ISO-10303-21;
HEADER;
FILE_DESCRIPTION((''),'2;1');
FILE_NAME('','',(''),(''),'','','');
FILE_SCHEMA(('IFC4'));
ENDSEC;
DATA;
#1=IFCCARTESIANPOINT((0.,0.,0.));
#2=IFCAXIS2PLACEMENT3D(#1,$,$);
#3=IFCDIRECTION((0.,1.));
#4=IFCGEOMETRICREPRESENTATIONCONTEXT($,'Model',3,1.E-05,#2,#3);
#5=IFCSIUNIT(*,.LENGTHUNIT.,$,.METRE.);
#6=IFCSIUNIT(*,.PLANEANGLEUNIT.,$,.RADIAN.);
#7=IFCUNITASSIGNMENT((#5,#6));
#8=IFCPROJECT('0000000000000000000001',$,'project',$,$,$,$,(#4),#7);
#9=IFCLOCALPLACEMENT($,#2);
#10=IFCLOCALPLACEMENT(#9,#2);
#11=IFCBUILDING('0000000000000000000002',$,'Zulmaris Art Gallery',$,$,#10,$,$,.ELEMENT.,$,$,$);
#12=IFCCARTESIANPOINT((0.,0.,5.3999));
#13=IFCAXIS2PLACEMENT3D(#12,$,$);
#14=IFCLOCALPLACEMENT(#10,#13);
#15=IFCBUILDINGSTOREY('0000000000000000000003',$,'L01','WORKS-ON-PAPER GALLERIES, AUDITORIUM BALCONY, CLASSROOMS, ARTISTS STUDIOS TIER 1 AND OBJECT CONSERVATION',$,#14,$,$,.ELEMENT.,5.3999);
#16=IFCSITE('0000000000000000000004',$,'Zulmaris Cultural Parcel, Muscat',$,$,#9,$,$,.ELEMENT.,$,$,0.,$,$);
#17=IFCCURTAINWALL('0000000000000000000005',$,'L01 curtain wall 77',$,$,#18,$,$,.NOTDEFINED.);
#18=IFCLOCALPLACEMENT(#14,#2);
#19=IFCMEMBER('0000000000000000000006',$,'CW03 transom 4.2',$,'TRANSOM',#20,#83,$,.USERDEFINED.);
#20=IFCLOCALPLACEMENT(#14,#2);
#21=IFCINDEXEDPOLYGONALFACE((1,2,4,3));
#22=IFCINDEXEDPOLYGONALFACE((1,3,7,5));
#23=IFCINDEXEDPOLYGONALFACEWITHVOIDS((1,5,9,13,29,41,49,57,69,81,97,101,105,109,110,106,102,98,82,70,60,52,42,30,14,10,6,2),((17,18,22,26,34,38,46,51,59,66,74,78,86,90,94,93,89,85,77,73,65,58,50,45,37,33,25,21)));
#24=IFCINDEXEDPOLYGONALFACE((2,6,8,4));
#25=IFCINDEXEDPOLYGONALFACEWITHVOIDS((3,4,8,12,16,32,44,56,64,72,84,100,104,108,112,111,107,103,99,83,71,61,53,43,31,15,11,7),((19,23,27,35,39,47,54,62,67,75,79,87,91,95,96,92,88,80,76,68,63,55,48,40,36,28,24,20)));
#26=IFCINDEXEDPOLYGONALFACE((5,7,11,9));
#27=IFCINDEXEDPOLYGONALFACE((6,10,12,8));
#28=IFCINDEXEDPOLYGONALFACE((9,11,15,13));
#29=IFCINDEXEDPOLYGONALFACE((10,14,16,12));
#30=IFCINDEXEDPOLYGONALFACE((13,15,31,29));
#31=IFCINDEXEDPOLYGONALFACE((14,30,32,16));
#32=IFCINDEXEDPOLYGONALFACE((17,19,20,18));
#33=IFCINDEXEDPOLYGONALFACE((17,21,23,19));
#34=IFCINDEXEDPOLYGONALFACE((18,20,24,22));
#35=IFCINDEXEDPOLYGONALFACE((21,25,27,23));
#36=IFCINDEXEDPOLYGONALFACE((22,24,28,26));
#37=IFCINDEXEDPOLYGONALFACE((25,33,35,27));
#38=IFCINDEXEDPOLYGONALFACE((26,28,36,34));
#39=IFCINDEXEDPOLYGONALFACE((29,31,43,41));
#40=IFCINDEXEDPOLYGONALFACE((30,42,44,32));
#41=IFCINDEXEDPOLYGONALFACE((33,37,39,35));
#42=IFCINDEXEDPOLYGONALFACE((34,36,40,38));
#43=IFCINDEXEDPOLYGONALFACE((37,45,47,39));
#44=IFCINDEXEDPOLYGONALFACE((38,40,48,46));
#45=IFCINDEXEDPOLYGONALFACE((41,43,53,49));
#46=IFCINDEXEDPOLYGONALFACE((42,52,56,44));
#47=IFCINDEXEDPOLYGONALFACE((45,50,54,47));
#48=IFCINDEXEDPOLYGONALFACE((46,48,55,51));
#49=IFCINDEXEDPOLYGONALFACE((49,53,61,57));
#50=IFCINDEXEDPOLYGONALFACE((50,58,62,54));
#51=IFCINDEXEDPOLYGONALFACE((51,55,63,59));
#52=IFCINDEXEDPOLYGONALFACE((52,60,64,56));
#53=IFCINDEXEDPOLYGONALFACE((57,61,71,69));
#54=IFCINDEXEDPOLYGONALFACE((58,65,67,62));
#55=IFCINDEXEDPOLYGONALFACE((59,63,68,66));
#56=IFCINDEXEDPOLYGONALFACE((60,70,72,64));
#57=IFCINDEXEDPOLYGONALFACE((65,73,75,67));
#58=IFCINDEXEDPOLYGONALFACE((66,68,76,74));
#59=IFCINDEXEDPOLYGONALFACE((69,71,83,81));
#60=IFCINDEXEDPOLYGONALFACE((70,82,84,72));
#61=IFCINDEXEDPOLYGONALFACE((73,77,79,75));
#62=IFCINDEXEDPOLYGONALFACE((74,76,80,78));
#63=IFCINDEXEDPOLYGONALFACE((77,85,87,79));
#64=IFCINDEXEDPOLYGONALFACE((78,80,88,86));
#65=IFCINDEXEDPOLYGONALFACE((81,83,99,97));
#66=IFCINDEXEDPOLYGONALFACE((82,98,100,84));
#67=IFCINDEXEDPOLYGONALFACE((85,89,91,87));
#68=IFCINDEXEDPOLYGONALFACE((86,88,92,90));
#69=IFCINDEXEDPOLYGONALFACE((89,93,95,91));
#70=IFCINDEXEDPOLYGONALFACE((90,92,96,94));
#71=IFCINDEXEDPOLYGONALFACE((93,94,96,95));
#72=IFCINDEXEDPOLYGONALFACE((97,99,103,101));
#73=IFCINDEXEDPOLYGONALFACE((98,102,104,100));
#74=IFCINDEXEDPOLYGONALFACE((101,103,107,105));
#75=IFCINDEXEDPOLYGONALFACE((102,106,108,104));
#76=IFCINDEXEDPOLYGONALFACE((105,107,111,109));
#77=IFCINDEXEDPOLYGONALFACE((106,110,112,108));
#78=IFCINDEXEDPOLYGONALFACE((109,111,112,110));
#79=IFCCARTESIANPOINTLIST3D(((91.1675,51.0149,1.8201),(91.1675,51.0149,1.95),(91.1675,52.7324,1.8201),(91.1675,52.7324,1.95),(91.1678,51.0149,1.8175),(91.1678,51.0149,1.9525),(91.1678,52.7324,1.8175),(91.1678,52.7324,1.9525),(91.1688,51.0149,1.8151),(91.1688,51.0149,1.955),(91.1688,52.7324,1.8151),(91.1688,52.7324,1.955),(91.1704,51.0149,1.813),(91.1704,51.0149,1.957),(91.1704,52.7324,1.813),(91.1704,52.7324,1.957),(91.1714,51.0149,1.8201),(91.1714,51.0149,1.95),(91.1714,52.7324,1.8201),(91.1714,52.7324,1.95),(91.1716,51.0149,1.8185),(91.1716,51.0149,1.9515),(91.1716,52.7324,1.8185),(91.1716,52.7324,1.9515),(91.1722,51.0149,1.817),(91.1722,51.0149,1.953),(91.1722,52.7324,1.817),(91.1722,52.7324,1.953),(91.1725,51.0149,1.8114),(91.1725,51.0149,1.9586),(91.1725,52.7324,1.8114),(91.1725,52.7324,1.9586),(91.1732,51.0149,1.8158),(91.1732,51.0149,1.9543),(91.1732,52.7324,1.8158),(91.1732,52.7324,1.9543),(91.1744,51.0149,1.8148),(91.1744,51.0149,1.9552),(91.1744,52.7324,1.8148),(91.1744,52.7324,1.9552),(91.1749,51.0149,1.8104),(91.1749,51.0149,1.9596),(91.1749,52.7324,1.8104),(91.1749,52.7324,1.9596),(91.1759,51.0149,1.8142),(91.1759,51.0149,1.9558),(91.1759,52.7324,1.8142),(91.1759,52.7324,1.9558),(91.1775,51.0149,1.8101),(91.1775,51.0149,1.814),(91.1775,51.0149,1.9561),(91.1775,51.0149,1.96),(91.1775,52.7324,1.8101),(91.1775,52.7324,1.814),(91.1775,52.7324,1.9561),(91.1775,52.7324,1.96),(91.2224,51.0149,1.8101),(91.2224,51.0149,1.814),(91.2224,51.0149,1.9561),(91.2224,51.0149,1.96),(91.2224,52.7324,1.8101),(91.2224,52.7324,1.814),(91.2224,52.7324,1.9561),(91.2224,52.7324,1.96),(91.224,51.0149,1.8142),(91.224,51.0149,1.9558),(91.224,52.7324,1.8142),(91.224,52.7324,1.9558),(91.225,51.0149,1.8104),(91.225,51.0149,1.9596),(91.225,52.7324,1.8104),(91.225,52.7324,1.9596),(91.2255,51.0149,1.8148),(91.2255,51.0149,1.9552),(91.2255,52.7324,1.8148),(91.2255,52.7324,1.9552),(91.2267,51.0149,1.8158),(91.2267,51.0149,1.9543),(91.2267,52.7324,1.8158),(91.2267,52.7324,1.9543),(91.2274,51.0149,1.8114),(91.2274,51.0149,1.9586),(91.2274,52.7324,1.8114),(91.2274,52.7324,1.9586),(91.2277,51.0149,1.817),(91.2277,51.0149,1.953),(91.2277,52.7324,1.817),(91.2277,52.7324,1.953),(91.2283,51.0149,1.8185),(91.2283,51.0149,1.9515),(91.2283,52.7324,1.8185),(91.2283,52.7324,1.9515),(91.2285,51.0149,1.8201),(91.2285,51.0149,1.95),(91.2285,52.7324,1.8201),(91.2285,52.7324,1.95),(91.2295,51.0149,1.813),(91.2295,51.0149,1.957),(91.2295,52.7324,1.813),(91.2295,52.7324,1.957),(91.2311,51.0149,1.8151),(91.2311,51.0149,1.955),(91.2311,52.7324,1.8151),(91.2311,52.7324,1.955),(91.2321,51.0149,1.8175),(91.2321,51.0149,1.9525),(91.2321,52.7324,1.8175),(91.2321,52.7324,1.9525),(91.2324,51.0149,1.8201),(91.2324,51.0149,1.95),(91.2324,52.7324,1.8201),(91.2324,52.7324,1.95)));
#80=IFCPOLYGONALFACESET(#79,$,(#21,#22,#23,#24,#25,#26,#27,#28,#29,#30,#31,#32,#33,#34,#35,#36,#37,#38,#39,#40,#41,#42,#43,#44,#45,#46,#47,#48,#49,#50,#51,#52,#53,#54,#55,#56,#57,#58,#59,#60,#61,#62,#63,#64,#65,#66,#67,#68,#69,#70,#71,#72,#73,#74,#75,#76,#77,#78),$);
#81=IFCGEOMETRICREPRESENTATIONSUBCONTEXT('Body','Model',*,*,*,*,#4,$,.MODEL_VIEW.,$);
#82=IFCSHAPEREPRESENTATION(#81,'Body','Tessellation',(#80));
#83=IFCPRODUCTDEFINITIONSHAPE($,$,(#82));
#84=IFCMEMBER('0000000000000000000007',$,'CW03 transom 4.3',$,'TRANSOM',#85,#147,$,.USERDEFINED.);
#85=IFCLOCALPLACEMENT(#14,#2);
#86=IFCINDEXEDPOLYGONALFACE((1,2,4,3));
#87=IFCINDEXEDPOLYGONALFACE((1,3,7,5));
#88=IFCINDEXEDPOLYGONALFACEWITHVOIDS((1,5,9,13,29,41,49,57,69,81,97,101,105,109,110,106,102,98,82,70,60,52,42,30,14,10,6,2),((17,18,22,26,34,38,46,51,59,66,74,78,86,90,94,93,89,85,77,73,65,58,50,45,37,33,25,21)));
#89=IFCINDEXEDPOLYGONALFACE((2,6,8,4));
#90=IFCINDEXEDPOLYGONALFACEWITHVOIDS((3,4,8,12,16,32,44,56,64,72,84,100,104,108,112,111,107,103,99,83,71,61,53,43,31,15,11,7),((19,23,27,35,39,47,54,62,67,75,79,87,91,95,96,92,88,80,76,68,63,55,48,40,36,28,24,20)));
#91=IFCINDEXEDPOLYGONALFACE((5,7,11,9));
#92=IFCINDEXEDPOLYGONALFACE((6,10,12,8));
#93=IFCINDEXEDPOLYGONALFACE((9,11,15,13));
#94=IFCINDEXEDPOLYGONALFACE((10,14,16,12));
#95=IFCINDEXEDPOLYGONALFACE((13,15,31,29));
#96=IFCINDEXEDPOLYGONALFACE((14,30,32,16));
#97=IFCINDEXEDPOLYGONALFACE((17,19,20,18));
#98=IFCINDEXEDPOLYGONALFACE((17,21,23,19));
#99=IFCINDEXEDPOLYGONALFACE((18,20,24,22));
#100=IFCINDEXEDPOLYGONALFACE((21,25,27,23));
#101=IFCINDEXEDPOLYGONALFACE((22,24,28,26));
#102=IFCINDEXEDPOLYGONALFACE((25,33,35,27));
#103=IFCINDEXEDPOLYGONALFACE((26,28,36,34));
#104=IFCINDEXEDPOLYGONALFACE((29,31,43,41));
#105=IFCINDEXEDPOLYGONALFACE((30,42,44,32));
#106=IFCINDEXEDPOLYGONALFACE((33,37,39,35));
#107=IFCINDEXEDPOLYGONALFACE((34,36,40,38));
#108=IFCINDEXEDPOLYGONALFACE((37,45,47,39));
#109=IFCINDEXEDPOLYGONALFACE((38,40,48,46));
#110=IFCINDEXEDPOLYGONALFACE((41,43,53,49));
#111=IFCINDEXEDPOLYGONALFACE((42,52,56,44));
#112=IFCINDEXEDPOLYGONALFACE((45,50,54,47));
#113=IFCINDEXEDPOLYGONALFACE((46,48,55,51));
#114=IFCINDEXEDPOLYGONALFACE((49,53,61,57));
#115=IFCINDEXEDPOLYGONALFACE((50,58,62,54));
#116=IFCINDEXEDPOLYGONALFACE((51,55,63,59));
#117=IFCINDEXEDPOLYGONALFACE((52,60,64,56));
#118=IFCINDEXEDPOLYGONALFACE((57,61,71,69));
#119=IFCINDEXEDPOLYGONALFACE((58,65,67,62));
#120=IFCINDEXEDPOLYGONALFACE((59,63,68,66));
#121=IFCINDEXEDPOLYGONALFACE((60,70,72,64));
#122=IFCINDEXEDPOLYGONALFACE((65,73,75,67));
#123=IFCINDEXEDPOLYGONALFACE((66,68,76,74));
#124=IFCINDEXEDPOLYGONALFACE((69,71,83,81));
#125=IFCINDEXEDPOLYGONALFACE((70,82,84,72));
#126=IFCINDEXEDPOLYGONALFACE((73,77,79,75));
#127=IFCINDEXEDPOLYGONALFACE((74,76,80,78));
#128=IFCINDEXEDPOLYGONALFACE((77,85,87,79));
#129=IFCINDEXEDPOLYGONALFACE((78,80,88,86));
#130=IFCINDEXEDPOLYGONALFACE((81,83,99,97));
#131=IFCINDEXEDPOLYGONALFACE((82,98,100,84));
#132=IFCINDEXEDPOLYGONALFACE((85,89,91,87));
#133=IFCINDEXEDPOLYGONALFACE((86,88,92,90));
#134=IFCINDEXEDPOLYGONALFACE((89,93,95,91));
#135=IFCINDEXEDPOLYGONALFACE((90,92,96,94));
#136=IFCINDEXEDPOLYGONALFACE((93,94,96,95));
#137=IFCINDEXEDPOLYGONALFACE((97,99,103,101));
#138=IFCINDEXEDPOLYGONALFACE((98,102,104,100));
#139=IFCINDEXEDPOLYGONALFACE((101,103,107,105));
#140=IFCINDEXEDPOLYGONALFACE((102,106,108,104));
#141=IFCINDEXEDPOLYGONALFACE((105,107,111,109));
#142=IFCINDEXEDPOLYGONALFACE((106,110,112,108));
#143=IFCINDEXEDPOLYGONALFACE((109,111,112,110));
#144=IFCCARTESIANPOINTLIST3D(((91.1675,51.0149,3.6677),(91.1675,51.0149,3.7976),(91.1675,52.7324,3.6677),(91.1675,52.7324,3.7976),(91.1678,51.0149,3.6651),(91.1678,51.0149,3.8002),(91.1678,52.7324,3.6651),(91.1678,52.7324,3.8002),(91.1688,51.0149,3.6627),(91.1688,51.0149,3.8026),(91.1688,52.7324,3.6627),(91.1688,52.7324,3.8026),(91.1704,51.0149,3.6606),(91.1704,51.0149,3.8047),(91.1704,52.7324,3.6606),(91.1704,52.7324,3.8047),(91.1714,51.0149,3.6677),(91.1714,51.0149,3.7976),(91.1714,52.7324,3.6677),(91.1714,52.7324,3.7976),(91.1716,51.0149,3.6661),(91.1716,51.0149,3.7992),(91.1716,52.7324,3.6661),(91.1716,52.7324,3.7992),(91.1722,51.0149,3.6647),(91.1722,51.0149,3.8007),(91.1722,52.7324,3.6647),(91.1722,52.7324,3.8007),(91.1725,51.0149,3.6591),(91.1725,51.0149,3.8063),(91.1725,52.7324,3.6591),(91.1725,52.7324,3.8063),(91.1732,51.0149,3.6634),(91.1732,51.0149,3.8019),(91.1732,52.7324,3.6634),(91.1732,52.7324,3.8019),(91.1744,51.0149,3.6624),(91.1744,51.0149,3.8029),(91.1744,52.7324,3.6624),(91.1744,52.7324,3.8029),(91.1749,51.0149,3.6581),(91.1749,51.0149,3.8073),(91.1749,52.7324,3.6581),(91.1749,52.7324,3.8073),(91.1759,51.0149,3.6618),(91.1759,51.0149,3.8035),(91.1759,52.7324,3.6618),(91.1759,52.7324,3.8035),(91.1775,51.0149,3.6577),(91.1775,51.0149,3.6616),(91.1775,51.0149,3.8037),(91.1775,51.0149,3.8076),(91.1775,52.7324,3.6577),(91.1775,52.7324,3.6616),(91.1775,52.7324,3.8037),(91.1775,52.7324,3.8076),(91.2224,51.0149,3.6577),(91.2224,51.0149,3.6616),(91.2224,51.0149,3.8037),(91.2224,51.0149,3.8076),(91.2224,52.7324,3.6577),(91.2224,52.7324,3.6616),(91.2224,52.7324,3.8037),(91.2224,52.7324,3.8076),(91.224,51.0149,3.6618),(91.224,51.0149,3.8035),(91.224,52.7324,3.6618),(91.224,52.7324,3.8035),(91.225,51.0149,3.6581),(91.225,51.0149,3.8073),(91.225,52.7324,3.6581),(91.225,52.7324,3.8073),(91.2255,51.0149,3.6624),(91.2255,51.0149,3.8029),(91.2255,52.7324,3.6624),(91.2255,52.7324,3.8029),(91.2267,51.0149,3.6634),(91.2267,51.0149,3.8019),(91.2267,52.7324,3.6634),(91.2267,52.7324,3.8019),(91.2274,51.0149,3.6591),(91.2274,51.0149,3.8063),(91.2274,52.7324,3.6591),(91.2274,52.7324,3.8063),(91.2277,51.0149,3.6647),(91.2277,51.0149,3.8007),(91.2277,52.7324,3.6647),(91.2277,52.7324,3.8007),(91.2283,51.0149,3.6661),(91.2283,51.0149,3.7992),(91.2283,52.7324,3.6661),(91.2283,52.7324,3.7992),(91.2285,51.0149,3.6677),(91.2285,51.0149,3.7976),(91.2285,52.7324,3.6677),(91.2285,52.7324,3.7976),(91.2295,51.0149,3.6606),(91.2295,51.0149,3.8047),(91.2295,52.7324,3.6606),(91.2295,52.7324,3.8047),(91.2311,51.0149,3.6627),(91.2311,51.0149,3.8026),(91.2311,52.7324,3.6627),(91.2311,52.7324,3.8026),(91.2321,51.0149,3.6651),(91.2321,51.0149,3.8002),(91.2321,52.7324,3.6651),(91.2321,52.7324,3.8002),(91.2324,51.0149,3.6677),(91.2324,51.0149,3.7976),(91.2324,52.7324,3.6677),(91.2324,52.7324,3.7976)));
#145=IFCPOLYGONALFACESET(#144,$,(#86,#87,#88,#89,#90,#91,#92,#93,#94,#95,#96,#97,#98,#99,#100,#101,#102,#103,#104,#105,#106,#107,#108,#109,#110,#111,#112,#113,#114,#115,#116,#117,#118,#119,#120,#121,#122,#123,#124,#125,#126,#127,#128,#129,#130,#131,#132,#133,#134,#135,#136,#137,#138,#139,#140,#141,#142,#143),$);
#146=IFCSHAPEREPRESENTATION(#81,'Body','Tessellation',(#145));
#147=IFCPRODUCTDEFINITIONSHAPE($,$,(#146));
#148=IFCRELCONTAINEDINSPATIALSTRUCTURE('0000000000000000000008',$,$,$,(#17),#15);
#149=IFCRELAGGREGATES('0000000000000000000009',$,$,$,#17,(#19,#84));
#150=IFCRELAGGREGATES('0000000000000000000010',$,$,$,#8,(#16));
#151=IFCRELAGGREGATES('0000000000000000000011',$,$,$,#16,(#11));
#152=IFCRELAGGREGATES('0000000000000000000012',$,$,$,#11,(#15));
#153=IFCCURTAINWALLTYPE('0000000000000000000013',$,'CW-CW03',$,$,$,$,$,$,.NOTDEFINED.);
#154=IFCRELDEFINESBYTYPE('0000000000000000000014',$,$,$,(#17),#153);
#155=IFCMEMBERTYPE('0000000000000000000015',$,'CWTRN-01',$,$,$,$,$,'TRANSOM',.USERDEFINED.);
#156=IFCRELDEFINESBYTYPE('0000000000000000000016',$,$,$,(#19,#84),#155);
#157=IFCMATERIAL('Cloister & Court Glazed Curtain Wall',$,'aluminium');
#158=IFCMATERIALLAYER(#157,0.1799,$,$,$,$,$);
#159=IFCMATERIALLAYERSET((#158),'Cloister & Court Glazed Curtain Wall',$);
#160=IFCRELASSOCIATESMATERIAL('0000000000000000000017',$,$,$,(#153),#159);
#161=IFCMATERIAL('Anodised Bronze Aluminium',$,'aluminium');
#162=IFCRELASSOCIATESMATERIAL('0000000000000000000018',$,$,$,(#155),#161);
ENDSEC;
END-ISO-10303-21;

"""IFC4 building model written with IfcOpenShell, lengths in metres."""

from ifc_helpers import new_model, si_unit, direction, frame, origin, origin_2d, place, context, subcontext, project, spatial, hollow_rectangle, extrude, material, layer, layer_set, material_profile, profile_set, type_object, element, aggregate, save


model = new_model("IFC4")

# Units and contexts
model_context = context("Model", 3, precision=1e-05, world=origin(), true_north=direction((0.0, 1.0)))
body_context = subcontext(model_context, "Body", "Model", "MODEL_VIEW")
ifc_project = project(units=[si_unit("LENGTHUNIT", "METRE"), si_unit("PLANEANGLEUNIT", "RADIAN")], contexts=[model_context])

# Site, building, storey
site_placement = place(None, origin())
site = spatial("IfcSite", under=ifc_project, at=site_placement, Name="Zulmaris Cultural Parcel, Muscat", CompositionType="ELEMENT", RefElevation=0.0)
building_placement = place(site_placement, origin())
building = spatial("IfcBuilding", under=site, at=building_placement, Name="Zulmaris Art Gallery", CompositionType="ELEMENT")
storey_placement = place(building_placement, frame((0.0, 0.0, 5.3999)))
storey = spatial("IfcBuildingStorey", under=building, at=storey_placement, Name="L01", Description="WORKS-ON-PAPER GALLERIES, AUDITORIUM BALCONY, CLASSROOMS, ARTISTS STUDIOS TIER 1 AND OBJECT CONSERVATION", CompositionType="ELEMENT", Elevation=5.3999)

# Shared definitions
ifc_material_1 = material(Name="Cloister & Court Glazed Curtain Wall", Category="aluminium")
ifc_layer_1 = layer(ifc_material_1, 0.1799)
ifc_layer_set_1 = layer_set([ifc_layer_1], Name="Cloister & Court Glazed Curtain Wall")
curtain_wall_type = type_object("IfcCurtainWallType", Name="CW-CW03", PredefinedType="NOTDEFINED", material=ifc_layer_set_1)
ifc_material_2 = material(Name="Anodised Bronze Aluminium", Category="aluminium")

# Curtain wall
curtain_wall_1_placement = place(storey_placement, origin())
curtain_wall_1 = element("IfcCurtainWall", 1, at=curtain_wall_1_placement, inside=storey, type_object=curtain_wall_type, Name="L01 curtain wall 77", PredefinedType="NOTDEFINED")

# Members
ifc_material_profile_1 = material_profile(ifc_material_2, hollow_rectangle(XDim=0.0649, YDim=0.1499, WallThickness=0.0039, InnerFilletRadius=0.0061, OuterFilletRadius=0.01, at=origin_2d()), Name="ALU 65x150x4")
ifc_profile_set_1 = profile_set([ifc_material_profile_1], Name="Anodised Bronze Aluminium")
member_type_1 = type_object("IfcMemberType", Name="CWTRN-01", ElementType="TRANSOM", PredefinedType="USERDEFINED", material=ifc_profile_set_1)
member_1_placement = place(storey_placement, frame((91.2, 52.7324, 1.885), z_axis=(0.0, -1.0, 0.0), x_axis=(1.0, 0.0, 0.0)))
member_1 = element("IfcMember", 2, at=member_1_placement, type_object=member_type_1, Name="CW03 transom 4.2", ObjectType="TRANSOM", PredefinedType="USERDEFINED", context=body_context, shape_type="SweptSolid", body=[
    extrude(hollow_rectangle(XDim=0.0649, YDim=0.1499, WallThickness=0.0039, InnerFilletRadius=0.0061, OuterFilletRadius=0.01, at=origin_2d()), origin(), (0.0, 0.0, 1.0), 1.7175),
])
member_2_placement = place(storey_placement, frame((91.2, 52.7324, 3.7327), z_axis=(0.0, -1.0, 0.0), x_axis=(1.0, 0.0, 0.0)))
member_2 = element("IfcMember", 3, at=member_2_placement, type_object=member_type_1, Name="CW03 transom 4.3", ObjectType="TRANSOM", PredefinedType="USERDEFINED", context=body_context, shape_type="SweptSolid", body=[
    extrude(hollow_rectangle(XDim=0.0649, YDim=0.1499, WallThickness=0.0039, InnerFilletRadius=0.0061, OuterFilletRadius=0.01, at=origin_2d()), origin(), (0.0, 0.0, 1.0), 1.7175),
])

aggregate(curtain_wall_1, [member_1, member_2])

save(model, "model.ifc")
